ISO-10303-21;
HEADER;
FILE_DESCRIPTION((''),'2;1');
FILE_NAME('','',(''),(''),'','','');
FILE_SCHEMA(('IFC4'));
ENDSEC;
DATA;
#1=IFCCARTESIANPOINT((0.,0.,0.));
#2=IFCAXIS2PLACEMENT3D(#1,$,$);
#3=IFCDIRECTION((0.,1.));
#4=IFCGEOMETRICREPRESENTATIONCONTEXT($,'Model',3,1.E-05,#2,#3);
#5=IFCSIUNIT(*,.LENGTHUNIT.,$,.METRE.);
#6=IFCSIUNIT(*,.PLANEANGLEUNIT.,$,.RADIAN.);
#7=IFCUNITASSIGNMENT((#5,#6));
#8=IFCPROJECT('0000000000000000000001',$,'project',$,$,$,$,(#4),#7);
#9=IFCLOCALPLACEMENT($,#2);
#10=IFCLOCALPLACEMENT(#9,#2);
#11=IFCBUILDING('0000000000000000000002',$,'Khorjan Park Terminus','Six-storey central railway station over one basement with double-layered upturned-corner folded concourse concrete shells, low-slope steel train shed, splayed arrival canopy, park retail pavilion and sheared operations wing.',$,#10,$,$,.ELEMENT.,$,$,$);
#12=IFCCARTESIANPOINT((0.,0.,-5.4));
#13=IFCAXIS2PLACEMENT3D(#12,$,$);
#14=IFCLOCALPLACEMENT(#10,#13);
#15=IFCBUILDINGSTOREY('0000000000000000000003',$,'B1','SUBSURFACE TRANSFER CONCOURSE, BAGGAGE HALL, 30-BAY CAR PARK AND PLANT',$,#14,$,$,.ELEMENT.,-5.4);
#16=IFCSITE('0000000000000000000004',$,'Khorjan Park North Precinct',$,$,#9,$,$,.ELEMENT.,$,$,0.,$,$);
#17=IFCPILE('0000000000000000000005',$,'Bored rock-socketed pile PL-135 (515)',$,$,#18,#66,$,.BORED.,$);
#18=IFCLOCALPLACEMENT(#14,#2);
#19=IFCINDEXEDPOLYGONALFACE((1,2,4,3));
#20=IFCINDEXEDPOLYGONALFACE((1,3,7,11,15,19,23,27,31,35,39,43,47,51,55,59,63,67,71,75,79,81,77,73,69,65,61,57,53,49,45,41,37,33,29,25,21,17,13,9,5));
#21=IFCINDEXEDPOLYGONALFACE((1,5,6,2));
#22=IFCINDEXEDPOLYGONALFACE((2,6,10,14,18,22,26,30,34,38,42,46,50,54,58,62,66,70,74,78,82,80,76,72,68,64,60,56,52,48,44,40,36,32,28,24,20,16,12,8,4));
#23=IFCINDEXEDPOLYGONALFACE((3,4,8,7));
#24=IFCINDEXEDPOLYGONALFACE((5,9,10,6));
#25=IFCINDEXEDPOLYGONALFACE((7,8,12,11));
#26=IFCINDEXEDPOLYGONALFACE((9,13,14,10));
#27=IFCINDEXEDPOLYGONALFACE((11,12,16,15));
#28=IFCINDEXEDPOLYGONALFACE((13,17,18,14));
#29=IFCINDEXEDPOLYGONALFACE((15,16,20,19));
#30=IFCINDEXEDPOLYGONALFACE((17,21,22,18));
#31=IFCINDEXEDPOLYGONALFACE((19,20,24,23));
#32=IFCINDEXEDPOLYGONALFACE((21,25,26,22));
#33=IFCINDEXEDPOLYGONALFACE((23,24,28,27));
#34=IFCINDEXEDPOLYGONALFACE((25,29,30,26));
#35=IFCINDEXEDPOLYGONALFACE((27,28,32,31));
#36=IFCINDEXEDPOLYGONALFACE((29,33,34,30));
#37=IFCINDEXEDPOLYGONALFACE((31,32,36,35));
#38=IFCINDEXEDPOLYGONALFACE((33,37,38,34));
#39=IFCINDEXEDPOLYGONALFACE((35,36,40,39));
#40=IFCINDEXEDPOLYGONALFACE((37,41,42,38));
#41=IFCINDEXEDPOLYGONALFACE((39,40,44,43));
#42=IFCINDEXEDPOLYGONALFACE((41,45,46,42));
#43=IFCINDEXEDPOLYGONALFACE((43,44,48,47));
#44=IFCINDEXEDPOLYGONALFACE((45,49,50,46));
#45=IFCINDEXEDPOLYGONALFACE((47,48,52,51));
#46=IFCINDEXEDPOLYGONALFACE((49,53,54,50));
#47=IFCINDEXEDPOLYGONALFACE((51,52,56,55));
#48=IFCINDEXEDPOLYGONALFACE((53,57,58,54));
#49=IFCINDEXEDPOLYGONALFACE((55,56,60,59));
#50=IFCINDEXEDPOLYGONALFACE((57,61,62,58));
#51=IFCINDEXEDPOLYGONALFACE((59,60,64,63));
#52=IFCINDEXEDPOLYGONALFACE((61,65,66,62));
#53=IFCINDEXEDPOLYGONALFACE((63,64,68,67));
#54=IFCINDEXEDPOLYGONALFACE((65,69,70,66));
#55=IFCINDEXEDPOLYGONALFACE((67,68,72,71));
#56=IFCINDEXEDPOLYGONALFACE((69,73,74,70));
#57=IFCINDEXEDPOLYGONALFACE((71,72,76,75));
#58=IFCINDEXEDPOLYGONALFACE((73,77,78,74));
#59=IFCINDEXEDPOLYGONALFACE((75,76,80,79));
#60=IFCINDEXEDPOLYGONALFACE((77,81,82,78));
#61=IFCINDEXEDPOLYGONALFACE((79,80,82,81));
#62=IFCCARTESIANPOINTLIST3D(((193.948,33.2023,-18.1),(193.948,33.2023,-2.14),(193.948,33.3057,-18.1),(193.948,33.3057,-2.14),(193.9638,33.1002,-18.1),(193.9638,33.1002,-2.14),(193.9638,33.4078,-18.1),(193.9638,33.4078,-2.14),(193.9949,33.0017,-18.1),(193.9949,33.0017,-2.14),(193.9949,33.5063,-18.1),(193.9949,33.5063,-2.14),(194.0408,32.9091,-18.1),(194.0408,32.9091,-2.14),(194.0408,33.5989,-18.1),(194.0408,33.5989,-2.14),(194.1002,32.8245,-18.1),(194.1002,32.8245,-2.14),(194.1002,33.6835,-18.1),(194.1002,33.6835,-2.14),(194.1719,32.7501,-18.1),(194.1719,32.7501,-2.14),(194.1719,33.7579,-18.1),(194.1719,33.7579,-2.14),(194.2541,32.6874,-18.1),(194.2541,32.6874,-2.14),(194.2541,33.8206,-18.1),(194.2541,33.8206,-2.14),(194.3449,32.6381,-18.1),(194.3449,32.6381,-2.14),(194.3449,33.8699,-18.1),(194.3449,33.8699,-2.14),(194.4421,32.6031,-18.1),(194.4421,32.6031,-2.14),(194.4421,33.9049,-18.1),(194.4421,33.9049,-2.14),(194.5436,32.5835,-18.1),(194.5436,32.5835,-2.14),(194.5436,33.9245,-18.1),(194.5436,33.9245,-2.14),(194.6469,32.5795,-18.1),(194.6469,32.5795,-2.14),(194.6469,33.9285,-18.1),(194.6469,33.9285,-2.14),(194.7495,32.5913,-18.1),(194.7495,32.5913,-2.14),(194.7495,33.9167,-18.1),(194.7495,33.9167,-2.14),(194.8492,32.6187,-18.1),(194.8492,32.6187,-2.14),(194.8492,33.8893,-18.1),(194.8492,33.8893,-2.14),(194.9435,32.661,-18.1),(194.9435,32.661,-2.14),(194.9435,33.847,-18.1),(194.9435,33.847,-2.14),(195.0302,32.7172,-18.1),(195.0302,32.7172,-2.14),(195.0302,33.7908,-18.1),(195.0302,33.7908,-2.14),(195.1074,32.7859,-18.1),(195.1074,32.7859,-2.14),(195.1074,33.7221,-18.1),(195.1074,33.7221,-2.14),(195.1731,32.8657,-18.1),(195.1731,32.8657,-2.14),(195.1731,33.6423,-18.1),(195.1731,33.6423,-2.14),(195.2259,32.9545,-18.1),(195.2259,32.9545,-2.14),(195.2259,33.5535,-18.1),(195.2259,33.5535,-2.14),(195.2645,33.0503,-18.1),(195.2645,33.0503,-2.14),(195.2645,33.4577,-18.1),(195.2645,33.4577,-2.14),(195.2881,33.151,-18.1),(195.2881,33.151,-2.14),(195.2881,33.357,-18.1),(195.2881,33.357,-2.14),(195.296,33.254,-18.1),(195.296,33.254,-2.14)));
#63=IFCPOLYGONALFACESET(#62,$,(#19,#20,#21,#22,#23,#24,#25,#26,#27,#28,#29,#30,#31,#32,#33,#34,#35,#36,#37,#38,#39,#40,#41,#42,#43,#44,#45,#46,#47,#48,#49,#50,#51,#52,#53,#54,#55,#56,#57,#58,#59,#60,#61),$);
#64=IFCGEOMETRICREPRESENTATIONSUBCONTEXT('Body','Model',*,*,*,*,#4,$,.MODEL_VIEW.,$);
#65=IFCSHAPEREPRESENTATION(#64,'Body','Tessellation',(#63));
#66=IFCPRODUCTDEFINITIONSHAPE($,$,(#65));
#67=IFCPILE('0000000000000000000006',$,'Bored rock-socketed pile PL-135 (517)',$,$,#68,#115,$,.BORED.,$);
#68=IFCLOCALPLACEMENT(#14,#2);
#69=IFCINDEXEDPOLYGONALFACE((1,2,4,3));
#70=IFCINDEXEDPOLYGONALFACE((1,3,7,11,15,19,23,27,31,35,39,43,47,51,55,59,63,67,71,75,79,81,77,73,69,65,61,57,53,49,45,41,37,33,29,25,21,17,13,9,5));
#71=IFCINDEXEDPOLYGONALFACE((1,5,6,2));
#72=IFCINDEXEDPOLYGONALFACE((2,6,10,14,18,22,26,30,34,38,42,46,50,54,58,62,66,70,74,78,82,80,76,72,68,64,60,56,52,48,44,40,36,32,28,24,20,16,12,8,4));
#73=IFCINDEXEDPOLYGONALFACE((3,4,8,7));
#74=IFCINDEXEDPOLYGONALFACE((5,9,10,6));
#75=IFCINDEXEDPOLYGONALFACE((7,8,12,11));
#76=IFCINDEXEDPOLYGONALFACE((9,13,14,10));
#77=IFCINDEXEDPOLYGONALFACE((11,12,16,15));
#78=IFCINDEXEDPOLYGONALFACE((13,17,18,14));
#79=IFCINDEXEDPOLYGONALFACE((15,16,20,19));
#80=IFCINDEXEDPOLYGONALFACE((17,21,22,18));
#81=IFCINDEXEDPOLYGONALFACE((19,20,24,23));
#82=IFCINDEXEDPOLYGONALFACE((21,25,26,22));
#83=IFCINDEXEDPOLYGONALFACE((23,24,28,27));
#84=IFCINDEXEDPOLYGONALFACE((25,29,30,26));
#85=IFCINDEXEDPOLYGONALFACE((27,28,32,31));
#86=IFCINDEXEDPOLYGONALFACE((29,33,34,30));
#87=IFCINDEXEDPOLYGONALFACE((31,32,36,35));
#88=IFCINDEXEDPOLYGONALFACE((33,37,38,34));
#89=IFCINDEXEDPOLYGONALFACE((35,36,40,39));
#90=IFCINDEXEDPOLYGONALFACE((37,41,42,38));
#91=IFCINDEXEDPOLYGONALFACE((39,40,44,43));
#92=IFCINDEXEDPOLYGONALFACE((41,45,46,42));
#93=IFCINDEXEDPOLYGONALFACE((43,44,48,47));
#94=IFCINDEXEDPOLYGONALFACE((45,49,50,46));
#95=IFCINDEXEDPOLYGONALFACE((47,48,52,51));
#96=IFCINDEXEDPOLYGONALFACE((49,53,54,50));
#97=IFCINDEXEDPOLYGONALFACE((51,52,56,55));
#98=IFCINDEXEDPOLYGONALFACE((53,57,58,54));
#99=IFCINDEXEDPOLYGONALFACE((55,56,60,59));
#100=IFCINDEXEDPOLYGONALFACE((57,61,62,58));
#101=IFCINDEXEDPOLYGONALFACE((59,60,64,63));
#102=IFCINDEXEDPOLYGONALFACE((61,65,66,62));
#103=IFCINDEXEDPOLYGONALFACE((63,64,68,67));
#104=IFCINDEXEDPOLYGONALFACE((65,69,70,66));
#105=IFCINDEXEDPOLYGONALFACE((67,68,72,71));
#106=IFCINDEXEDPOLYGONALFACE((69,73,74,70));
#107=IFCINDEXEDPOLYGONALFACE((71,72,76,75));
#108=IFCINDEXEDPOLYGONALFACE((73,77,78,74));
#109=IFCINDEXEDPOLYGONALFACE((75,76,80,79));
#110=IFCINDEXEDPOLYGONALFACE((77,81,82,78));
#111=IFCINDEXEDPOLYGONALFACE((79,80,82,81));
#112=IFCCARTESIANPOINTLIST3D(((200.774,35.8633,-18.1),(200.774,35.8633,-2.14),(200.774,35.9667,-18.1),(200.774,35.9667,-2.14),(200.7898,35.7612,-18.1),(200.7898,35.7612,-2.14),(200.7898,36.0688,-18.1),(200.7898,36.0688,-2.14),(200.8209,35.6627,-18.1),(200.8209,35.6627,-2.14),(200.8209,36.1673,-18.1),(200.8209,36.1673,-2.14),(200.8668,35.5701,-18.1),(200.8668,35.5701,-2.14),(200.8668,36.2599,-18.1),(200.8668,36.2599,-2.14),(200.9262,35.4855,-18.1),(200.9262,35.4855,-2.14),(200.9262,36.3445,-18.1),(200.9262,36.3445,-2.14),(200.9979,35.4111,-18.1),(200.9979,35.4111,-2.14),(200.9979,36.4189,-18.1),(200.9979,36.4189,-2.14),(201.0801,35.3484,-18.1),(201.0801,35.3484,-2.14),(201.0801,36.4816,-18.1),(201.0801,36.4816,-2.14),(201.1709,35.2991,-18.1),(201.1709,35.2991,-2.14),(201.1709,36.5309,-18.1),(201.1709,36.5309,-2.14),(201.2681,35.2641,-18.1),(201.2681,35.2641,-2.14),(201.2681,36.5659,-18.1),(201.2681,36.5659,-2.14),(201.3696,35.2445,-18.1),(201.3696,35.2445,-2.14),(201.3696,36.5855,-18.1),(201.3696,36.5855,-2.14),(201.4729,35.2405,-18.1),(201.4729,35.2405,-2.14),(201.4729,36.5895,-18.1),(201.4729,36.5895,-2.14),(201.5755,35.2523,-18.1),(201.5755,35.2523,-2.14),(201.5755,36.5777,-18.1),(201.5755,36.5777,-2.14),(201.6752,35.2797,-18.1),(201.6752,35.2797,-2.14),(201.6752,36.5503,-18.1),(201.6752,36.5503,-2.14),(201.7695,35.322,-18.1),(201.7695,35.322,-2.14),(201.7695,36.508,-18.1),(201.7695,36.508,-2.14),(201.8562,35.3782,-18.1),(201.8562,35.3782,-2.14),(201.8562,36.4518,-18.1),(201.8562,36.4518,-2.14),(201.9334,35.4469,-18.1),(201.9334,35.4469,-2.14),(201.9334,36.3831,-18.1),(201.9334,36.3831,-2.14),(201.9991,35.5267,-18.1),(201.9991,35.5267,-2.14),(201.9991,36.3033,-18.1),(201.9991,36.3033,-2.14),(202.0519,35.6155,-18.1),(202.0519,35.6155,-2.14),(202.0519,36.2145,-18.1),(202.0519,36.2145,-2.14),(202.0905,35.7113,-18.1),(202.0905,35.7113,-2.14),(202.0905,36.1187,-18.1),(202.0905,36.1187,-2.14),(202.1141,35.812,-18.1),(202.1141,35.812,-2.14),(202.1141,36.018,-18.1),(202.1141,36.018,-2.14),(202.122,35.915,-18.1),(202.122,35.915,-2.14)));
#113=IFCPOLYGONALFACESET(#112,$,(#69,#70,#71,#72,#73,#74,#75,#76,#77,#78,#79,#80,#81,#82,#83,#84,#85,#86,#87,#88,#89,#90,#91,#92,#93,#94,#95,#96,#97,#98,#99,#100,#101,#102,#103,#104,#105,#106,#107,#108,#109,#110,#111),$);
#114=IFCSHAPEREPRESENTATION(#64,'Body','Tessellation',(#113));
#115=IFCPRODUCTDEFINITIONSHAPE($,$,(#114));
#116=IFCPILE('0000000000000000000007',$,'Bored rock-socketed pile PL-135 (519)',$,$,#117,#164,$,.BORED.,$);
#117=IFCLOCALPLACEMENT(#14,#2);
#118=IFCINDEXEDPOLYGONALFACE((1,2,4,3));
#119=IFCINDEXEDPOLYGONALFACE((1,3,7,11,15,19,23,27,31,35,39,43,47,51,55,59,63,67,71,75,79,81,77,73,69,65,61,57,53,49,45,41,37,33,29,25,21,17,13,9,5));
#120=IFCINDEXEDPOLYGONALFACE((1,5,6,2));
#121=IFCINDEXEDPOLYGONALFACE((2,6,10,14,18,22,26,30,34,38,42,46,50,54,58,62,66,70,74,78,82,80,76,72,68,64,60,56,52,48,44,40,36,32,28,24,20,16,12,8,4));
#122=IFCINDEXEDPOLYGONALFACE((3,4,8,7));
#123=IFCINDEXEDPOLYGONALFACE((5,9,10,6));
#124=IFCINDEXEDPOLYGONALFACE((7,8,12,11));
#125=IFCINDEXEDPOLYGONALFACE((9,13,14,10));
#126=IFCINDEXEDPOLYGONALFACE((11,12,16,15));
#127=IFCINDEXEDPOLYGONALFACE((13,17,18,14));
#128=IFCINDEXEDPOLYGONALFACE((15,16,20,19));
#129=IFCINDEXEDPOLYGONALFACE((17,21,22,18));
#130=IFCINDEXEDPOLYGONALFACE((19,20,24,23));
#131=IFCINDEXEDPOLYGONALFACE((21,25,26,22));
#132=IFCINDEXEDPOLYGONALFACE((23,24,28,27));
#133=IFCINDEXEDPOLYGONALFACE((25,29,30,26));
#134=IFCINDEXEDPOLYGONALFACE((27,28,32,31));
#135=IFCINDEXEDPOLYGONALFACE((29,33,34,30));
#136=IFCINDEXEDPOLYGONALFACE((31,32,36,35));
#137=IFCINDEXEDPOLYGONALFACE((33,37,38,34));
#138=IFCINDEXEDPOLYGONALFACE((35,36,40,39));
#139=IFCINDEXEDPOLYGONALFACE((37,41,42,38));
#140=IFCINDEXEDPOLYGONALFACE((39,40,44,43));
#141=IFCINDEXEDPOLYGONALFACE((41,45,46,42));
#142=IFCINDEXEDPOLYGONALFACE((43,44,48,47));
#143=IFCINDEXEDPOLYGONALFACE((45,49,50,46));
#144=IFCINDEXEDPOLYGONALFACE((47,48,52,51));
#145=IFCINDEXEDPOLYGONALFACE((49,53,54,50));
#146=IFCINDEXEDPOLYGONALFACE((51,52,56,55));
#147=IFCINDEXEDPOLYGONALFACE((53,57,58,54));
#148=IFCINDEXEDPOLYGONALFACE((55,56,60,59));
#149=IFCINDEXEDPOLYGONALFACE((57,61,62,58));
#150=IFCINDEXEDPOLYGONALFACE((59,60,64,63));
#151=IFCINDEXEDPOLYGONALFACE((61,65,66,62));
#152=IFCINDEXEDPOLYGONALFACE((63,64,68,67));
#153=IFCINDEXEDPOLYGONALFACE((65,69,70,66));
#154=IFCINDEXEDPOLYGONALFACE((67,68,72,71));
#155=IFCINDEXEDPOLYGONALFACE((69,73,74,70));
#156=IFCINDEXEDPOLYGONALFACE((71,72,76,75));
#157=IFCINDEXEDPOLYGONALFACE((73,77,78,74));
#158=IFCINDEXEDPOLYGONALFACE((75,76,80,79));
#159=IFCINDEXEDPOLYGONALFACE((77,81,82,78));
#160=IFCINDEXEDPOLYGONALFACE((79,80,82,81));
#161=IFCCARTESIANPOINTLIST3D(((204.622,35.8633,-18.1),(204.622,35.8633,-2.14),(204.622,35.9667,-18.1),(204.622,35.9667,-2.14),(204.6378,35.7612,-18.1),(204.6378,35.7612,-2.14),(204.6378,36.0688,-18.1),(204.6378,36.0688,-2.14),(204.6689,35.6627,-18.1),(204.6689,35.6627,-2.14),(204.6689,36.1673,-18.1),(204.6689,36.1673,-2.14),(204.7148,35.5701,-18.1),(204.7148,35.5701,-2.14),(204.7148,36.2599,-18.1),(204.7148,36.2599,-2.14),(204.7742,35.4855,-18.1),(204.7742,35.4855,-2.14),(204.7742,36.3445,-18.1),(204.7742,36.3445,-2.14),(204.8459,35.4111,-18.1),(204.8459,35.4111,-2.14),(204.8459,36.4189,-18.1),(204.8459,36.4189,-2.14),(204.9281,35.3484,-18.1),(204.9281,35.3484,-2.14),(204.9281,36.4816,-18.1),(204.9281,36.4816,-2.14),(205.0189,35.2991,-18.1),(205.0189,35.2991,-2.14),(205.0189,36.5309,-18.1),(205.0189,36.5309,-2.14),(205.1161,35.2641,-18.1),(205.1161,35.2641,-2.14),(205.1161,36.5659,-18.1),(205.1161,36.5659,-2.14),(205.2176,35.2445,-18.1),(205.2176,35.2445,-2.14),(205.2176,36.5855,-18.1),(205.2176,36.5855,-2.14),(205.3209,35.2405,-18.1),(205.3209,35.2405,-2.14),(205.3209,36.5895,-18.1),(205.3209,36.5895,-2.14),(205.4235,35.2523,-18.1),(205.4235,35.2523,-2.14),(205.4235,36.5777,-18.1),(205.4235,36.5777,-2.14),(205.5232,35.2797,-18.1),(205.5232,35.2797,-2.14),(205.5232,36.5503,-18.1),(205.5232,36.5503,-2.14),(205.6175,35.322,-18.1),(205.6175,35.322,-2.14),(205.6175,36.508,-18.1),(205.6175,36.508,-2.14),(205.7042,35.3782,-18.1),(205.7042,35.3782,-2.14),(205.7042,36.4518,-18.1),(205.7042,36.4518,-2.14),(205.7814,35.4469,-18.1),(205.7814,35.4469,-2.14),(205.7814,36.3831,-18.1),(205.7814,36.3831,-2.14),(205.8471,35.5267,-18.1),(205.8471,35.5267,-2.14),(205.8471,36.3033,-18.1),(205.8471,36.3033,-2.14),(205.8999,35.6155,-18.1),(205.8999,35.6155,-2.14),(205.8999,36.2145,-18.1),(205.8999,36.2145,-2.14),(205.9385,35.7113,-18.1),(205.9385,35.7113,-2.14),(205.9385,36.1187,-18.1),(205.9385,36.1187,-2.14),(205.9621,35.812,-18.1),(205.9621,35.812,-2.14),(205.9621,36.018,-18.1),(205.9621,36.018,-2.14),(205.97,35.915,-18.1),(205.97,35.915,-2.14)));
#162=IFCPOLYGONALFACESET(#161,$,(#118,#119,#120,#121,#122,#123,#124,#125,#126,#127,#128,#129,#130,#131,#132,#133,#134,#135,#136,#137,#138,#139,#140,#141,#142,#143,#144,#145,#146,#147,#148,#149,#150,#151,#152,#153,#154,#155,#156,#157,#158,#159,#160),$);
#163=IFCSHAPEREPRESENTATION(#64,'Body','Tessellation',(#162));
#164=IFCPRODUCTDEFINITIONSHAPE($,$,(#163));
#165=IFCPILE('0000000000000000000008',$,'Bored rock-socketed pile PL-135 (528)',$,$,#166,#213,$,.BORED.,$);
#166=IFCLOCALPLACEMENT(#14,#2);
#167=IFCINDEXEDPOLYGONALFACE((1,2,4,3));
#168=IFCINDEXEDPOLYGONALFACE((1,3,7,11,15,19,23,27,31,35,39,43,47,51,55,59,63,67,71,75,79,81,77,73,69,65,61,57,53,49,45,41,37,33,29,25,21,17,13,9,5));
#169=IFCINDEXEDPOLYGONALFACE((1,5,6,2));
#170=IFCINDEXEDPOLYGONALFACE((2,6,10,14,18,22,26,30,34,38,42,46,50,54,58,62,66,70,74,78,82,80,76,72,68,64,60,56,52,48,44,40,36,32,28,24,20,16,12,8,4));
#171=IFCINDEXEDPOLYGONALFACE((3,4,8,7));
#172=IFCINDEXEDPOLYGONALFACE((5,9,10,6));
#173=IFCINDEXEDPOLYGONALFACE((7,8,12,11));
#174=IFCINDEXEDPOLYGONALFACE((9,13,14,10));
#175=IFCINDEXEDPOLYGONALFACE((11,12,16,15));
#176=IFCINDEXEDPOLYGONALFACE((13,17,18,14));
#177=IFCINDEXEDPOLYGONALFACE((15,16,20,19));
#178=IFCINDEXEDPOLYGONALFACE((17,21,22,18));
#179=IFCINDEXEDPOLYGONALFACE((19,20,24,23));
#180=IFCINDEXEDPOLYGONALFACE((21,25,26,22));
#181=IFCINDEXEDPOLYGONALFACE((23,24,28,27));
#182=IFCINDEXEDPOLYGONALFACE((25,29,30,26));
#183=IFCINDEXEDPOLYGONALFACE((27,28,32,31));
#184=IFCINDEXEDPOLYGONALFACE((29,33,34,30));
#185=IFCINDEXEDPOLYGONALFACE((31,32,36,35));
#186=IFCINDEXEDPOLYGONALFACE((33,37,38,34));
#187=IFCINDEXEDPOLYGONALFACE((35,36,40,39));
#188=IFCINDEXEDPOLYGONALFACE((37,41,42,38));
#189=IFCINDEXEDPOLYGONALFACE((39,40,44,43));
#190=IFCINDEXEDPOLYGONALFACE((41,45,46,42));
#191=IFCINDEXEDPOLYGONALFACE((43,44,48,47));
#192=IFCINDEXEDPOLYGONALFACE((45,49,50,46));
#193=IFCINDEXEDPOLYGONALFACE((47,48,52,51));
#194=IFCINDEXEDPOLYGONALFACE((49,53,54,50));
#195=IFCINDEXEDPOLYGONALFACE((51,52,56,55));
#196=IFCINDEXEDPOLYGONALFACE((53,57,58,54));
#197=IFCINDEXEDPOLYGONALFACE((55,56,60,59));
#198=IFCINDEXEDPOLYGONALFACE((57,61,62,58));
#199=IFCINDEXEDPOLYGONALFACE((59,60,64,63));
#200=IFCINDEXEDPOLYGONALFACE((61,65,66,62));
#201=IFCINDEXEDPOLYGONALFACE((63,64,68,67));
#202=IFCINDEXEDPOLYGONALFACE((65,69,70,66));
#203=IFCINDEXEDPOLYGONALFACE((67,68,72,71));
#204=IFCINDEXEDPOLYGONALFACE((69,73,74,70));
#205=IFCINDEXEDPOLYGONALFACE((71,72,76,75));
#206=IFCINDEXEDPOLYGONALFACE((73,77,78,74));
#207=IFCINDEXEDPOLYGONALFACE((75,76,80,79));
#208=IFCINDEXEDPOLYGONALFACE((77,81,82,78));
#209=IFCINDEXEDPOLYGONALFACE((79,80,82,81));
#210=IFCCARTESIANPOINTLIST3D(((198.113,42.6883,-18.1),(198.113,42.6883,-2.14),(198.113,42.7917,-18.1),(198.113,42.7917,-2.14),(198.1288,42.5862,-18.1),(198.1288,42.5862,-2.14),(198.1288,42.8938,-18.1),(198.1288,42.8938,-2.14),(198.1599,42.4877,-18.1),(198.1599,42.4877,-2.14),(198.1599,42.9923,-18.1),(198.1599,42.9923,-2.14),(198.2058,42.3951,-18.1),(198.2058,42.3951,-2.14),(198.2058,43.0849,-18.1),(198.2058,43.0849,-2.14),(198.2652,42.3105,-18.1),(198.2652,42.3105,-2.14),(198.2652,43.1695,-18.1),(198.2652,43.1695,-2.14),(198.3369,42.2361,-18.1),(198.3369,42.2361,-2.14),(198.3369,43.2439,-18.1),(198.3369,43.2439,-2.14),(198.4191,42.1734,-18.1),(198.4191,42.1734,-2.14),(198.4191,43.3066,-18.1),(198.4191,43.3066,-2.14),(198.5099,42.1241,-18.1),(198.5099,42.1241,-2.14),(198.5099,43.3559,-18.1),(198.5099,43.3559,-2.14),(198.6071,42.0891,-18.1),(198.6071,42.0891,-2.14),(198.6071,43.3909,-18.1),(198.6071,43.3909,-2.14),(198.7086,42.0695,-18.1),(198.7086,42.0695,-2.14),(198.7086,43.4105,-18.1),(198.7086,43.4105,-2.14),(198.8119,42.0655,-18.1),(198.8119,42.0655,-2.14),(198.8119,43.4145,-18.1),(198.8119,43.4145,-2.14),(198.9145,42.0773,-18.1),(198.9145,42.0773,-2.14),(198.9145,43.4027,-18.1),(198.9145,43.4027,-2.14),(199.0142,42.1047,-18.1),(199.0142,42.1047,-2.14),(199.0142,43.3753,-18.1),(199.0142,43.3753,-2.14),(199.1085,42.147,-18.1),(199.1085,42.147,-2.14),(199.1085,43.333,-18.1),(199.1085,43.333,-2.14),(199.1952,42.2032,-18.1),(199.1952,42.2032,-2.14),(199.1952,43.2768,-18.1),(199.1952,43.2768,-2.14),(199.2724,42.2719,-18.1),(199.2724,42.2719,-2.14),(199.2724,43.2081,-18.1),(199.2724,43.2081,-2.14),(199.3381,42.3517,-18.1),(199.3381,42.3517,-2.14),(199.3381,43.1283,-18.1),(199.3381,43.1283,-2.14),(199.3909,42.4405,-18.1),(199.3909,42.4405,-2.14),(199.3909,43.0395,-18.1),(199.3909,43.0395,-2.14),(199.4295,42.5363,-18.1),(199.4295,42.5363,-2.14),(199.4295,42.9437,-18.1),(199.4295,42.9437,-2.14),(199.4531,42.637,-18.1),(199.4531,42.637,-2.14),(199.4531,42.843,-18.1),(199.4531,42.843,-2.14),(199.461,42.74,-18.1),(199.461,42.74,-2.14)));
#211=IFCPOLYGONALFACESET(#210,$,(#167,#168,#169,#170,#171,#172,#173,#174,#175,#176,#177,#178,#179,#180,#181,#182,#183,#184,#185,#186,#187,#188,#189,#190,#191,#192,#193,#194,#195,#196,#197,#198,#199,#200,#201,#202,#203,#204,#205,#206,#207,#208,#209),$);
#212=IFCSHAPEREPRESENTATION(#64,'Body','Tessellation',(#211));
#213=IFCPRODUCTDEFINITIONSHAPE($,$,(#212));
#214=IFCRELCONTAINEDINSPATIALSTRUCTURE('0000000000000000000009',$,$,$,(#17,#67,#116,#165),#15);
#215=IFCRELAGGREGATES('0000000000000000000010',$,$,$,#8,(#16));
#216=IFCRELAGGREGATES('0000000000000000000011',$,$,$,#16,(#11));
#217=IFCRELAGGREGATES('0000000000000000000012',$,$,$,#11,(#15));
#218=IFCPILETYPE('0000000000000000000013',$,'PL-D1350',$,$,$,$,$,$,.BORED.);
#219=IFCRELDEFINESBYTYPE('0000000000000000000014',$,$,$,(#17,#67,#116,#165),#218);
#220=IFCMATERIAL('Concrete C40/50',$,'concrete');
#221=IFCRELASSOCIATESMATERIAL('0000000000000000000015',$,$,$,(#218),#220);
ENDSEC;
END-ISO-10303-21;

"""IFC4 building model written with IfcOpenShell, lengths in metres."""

from ifc_helpers import new_model, si_unit, direction, frame, origin, origin_2d, place, context, subcontext, project, spatial, circle, extrude, material, material_profile, profile_set, type_object, element, save


model = new_model("IFC4")

# Units and contexts
model_context = context("Model", 3, precision=1e-05, world=origin(), true_north=direction((0.0, 1.0)))
body_context = subcontext(model_context, "Body", "Model", "MODEL_VIEW")
ifc_project = project(units=[si_unit("LENGTHUNIT", "METRE"), si_unit("PLANEANGLEUNIT", "RADIAN")], contexts=[model_context])

# Site, building, storey
site_placement = place(None, origin())
site = spatial("IfcSite", under=ifc_project, at=site_placement, Name="Khorjan Park North Precinct", CompositionType="ELEMENT", RefElevation=0.0)
building_placement = place(site_placement, origin())
building = spatial("IfcBuilding", under=site, at=building_placement, Name="Khorjan Park Terminus", Description="Six-storey central railway station over one basement with double-layered upturned-corner folded concourse concrete shells, low-slope steel train shed, splayed arrival canopy, park retail pavilion and sheared operations wing.", CompositionType="ELEMENT")
storey_placement = place(building_placement, frame((0.0, 0.0, -5.4)))
storey = spatial("IfcBuildingStorey", under=building, at=storey_placement, Name="B1", Description="SUBSURFACE TRANSFER CONCOURSE, BAGGAGE HALL, 30-BAY CAR PARK AND PLANT", CompositionType="ELEMENT", Elevation=-5.4)

# Piles
ifc_material_1 = material(Name="Concrete C40/50", Category="concrete")
ifc_material_profile_1 = material_profile(ifc_material_1, circle(Radius=0.675, at=origin_2d()), Name="BORED D1350")
ifc_profile_set_1 = profile_set([ifc_material_profile_1], Name="Concrete C40/50")
pile_type = type_object("IfcPileType", Name="PL-D1350", PredefinedType="BORED", material=ifc_profile_set_1)
for number, where, z_axis, x_axis, name in (
    (1, (194.621, 33.254, -2.14), (0.0, 0.0, -1.0), (1.0, 0.0, 0.0), "Bored rock-socketed pile PL-135 (515)"),
    (2, (201.447, 35.915, -2.14), (0.0, 0.0, -1.0), (1.0, 0.0, 0.0), "Bored rock-socketed pile PL-135 (517)"),
    (3, (205.295, 35.915, -2.14), (0.0, 0.0, -1.0), (1.0, 0.0, 0.0), "Bored rock-socketed pile PL-135 (519)"),
    (4, (198.786, 42.74, -2.14), (0.0, 0.0, -1.0), (1.0, 0.0, 0.0), "Bored rock-socketed pile PL-135 (528)"),
):
    element("IfcPile", number, at=place(storey_placement, frame(where, z_axis=z_axis, x_axis=x_axis)), inside=storey, type_object=pile_type, Name=name, PredefinedType="BORED", context=body_context, shape_type="SweptSolid", body=[
        extrude(circle(Radius=0.675, at=origin_2d()), origin(), (0.0, 0.0, 1.0), 15.96),
    ])

save(model, "model.ifc")
